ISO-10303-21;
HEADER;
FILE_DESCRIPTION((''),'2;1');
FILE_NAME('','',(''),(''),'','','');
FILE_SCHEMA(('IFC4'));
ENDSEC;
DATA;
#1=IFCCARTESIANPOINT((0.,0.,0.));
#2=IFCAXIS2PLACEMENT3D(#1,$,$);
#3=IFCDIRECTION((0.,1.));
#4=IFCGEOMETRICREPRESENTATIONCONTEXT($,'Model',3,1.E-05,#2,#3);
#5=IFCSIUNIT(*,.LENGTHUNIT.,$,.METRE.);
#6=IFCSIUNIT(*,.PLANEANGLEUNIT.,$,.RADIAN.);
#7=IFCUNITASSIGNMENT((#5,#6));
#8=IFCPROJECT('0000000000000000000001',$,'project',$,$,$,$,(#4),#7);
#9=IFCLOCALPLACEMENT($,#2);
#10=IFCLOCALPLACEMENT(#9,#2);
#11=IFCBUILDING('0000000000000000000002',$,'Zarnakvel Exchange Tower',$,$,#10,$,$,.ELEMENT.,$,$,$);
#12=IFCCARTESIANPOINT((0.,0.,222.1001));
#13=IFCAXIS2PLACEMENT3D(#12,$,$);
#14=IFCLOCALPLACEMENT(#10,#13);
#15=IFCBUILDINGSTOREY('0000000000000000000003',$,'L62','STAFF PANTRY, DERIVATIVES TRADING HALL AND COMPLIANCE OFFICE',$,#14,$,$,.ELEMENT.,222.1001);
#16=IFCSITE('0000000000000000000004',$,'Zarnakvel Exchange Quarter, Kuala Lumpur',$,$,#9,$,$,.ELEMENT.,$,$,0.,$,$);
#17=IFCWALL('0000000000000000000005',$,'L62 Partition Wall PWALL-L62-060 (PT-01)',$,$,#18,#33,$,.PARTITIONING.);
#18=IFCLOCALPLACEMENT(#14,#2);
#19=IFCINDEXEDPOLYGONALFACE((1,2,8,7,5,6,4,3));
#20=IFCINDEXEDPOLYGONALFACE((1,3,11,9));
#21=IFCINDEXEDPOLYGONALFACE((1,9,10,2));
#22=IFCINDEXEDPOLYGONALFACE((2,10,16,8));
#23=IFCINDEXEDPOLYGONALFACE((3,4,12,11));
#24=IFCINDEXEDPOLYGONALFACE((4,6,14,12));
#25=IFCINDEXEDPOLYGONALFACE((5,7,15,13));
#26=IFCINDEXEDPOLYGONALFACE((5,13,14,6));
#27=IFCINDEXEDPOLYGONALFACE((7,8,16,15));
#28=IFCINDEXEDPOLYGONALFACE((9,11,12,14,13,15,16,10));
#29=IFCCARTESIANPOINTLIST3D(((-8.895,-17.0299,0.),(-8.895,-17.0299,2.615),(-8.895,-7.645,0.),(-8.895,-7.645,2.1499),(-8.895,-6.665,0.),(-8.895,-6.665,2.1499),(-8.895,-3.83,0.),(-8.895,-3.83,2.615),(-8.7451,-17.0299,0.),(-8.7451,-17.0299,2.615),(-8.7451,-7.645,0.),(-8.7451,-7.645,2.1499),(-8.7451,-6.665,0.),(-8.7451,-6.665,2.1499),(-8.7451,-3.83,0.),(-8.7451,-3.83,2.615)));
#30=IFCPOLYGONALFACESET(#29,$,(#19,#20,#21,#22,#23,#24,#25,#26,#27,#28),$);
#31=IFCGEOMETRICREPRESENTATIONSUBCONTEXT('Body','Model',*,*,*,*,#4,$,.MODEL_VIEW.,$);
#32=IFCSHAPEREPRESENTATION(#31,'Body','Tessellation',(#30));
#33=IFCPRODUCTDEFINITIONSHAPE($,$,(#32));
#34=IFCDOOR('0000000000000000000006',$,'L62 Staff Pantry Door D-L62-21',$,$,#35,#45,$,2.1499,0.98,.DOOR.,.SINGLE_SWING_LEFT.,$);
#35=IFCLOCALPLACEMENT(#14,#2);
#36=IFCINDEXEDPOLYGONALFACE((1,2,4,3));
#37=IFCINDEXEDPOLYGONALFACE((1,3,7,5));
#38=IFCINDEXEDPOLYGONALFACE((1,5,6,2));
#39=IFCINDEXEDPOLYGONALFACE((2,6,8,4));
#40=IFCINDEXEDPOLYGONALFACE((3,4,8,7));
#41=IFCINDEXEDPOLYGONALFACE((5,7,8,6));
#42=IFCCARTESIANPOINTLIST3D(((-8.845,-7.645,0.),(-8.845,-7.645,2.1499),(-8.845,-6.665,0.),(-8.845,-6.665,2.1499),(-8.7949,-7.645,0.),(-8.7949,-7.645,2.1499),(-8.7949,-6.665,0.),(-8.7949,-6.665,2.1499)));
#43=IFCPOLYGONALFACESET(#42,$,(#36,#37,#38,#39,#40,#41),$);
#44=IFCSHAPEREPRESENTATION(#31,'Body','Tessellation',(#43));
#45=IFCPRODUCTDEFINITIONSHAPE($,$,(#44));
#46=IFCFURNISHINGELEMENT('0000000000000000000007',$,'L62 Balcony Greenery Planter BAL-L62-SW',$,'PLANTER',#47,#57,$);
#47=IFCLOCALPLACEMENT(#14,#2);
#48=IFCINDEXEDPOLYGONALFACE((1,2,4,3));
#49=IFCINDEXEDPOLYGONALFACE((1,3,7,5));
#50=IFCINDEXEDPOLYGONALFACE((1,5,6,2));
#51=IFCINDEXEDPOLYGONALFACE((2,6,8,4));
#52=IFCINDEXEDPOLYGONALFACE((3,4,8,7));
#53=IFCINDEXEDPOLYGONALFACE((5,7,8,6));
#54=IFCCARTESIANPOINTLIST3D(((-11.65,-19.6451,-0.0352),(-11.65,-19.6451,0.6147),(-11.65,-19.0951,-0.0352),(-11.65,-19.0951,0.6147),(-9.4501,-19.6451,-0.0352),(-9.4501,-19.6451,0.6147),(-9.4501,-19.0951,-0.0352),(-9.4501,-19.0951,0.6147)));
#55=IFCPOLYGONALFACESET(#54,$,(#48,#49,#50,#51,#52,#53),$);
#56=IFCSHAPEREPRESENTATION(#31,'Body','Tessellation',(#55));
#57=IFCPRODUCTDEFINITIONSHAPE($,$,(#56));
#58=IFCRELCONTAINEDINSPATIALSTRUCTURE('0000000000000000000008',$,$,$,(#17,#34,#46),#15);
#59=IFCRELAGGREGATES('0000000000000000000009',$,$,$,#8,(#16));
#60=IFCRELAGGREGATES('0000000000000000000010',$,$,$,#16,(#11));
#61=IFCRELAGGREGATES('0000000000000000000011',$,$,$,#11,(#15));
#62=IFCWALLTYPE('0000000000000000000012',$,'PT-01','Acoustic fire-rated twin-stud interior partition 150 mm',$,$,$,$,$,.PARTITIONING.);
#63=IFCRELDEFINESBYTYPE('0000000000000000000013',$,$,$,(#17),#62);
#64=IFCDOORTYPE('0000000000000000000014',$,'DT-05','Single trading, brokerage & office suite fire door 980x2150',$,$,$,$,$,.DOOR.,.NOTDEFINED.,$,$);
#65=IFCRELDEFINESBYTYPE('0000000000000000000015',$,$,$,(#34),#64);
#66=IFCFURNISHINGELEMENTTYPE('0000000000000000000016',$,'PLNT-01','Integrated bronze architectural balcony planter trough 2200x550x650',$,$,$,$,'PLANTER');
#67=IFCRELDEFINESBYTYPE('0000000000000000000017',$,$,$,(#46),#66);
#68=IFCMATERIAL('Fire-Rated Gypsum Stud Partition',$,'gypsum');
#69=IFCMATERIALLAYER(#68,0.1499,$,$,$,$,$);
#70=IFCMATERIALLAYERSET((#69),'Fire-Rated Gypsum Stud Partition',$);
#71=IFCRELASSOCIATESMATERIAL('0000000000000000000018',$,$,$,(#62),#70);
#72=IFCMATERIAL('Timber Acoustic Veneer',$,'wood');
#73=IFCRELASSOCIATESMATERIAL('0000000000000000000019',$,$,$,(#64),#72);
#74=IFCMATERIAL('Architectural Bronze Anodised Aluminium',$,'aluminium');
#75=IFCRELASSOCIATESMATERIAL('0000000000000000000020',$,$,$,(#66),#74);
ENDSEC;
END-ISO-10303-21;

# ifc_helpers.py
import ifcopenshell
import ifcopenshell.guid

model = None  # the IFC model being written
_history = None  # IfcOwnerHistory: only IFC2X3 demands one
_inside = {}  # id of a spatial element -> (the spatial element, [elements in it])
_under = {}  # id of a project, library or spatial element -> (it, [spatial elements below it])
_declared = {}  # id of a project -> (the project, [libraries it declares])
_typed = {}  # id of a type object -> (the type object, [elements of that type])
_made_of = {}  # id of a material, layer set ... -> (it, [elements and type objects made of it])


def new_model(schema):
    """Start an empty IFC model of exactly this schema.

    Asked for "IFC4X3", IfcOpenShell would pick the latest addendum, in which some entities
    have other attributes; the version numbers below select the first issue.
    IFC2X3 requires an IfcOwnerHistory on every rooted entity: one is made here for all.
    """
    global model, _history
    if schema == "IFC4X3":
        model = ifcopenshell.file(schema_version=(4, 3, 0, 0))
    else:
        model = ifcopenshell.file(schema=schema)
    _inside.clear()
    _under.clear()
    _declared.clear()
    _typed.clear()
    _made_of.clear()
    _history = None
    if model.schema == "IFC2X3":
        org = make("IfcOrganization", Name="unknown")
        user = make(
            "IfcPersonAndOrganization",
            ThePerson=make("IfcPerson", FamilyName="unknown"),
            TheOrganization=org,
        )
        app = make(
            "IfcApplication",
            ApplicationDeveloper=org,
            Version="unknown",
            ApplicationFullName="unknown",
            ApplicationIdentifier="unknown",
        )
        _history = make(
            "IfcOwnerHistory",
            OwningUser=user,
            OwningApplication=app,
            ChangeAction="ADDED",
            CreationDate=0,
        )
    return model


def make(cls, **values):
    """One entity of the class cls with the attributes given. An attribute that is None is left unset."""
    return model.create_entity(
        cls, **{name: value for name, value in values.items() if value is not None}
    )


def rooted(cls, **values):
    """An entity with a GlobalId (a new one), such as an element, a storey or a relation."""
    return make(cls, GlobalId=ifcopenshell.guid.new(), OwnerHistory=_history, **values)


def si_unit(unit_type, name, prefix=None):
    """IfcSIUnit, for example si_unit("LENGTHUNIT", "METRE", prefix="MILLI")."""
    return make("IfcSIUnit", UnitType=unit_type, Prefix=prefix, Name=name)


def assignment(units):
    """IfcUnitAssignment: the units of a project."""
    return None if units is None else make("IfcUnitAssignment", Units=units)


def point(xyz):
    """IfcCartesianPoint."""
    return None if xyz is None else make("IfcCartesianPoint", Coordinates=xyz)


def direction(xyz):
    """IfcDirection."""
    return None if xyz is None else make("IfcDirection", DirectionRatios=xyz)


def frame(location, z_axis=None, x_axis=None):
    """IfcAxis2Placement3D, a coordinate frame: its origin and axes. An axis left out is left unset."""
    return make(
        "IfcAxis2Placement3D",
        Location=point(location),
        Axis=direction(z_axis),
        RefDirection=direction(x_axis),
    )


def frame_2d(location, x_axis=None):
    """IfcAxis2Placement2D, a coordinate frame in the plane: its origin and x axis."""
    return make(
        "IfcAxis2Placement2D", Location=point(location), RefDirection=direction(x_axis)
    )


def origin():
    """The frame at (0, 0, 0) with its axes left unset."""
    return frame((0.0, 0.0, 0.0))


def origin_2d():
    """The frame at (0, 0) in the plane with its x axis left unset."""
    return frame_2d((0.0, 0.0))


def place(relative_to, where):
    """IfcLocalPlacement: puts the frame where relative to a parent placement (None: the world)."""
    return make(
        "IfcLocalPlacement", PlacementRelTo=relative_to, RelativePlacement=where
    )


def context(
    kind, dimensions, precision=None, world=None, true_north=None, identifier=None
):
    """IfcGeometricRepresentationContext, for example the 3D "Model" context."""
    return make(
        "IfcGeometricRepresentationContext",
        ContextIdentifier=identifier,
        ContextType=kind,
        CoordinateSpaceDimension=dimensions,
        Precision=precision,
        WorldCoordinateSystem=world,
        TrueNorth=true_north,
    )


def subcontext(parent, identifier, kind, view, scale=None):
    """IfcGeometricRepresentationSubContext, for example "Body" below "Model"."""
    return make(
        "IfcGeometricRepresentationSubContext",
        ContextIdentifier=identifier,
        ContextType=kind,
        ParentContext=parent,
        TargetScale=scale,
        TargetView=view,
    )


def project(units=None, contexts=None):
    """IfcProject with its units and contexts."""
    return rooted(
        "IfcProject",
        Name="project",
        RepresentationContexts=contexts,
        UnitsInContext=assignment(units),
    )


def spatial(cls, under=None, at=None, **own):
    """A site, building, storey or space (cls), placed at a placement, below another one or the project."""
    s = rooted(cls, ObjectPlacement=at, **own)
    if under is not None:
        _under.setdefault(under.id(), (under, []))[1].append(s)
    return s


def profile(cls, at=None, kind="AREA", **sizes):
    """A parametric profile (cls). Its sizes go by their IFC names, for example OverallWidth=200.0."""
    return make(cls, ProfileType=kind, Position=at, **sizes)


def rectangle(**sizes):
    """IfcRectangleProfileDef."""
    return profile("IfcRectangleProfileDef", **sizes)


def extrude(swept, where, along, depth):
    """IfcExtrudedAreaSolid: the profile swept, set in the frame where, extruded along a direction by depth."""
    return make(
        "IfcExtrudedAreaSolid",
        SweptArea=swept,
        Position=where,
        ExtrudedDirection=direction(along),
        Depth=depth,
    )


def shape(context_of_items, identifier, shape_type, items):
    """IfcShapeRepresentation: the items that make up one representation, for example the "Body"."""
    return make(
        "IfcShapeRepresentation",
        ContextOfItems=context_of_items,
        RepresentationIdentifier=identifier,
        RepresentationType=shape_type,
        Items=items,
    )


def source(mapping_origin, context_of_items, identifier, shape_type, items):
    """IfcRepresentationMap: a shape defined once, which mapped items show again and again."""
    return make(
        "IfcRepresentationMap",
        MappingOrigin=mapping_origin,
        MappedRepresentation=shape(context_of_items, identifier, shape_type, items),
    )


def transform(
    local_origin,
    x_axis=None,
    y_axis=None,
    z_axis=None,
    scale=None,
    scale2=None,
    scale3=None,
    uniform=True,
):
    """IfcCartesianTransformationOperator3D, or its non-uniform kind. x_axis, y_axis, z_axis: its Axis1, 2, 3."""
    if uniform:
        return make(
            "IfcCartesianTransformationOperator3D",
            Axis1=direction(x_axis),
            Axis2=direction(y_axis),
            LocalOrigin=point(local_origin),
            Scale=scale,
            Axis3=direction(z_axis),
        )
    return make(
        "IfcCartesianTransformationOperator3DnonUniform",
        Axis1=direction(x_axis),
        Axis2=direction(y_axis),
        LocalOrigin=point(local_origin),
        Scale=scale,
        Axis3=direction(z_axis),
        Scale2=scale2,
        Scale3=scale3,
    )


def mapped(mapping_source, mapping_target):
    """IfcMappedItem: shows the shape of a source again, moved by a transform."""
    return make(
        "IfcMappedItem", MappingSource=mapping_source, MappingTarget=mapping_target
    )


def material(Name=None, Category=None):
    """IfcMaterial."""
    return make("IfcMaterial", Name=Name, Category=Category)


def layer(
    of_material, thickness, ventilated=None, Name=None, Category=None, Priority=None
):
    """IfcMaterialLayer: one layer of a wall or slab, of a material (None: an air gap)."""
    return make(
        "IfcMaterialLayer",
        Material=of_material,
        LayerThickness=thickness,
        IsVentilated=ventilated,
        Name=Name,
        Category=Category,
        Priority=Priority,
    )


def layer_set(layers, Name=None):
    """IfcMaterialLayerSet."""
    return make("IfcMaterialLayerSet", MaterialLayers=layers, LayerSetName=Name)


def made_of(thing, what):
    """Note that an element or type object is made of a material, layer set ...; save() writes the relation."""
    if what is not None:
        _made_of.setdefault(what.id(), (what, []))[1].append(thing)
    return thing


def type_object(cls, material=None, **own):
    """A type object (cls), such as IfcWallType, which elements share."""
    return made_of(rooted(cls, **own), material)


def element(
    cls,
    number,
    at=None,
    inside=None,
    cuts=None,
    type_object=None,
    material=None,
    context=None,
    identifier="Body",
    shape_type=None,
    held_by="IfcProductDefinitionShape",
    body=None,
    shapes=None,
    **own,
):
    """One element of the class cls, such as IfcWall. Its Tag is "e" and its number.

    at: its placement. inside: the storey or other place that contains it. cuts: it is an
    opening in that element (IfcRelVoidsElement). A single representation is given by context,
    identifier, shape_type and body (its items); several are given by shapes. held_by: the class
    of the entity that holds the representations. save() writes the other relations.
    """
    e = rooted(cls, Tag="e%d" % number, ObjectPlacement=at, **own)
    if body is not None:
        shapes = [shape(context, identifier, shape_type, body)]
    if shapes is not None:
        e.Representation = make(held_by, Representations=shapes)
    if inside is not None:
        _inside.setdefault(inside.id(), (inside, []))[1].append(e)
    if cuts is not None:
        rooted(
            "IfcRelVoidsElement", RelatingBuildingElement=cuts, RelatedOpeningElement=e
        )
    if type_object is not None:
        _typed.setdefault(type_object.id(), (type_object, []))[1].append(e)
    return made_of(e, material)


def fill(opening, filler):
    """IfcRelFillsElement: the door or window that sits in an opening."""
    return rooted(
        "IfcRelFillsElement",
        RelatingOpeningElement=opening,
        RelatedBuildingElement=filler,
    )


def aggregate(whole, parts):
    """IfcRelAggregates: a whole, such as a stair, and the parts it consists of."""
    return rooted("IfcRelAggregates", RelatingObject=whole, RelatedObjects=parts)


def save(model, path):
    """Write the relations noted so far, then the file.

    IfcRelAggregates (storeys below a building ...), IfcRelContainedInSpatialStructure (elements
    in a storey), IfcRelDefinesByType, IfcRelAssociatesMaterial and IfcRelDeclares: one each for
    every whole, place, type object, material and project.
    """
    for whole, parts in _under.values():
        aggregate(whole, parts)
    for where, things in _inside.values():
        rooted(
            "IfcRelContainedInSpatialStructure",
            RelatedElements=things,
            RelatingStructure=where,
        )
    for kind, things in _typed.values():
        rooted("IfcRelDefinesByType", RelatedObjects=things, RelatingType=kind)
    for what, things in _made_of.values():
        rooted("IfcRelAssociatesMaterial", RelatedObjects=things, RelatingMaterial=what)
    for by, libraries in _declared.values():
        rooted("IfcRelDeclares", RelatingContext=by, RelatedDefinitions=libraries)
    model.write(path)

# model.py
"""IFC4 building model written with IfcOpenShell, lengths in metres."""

from ifc_helpers import new_model, si_unit, direction, frame, frame_2d, origin, origin_2d, place, context, subcontext, project, spatial, rectangle, extrude, source, transform, mapped, material, layer, layer_set, type_object, element, fill, save


model = new_model("IFC4")

# Units and contexts
model_context = context("Model", 3, precision=1e-05, world=origin(), true_north=direction((0.0, 1.0)))
body_context = subcontext(model_context, "Body", "Model", "MODEL_VIEW")
ifc_project = project(units=[si_unit("LENGTHUNIT", "METRE"), si_unit("PLANEANGLEUNIT", "RADIAN")], contexts=[model_context])

# Site, building, storey
site_placement = place(None, origin())
site = spatial("IfcSite", under=ifc_project, at=site_placement, Name="Zarnakvel Exchange Quarter, Kuala Lumpur", CompositionType="ELEMENT", RefElevation=0.0)
building_placement = place(site_placement, origin())
building = spatial("IfcBuilding", under=site, at=building_placement, Name="Zarnakvel Exchange Tower", CompositionType="ELEMENT")
storey_placement = place(building_placement, frame((0.0, 0.0, 222.1001)))
storey = spatial("IfcBuildingStorey", under=building, at=storey_placement, Name="L62", Description="STAFF PANTRY, DERIVATIVES TRADING HALL AND COMPLIANCE OFFICE", CompositionType="ELEMENT", Elevation=222.1001)

# Shared definitions
ifc_material_1 = material(Name="Architectural Bronze Anodised Aluminium", Category="aluminium")

# Wall, opening, door
ifc_material_2 = material(Name="Fire-Rated Gypsum Stud Partition", Category="gypsum")
ifc_layer_1 = layer(ifc_material_2, 0.1499)
ifc_layer_set_1 = layer_set([ifc_layer_1], Name="Fire-Rated Gypsum Stud Partition")
wall_type_1 = type_object("IfcWallType", Name="PT-01", Description="Acoustic fire-rated twin-stud interior partition 150 mm", PredefinedType="PARTITIONING", material=ifc_layer_set_1)
wall_1_placement = place(storey_placement, frame((-8.8201, -17.03, 0.0), z_axis=(0.0, 0.0, 1.0), x_axis=(0.0, 1.0, 0.0)))
wall_1 = element("IfcWall", 1, at=wall_1_placement, inside=storey, type_object=wall_type_1, Name="L62 Partition Wall PWALL-L62-060 (PT-01)", PredefinedType="PARTITIONING", context=body_context, shape_type="SweptSolid", body=[
    extrude(rectangle(XDim=13.2, YDim=0.1499, at=frame_2d((6.6001, 0.0))), origin(), (0.0, 0.0, 1.0), 2.615),
])
opening_1_placement = place(wall_1_placement, frame((9.385, 0.0, 0.0)))
opening_1 = element("IfcOpeningElement", 2, at=opening_1_placement, cuts=wall_1, PredefinedType="OPENING", context=body_context, shape_type="SweptSolid", body=[
    extrude(rectangle(XDim=0.98, YDim=2.1499, at=frame_2d((0.49, 1.075))), frame((0.0, 0.085, 0.0), z_axis=(0.0, -1.0, 0.0), x_axis=(1.0, 0.0, 0.0)), (0.0, 0.0, 1.0), 0.1699),
])
ifc_material_3 = material(Name="Timber Acoustic Veneer", Category="wood")
door_type_1 = type_object("IfcDoorType", Name="DT-05", Description="Single trading, brokerage & office suite fire door 980x2150", OperationType="NOTDEFINED", PredefinedType="DOOR", material=ifc_material_3)
shared_shape_1 = source(origin(), body_context, "Body", "SweptSolid", [
    extrude(rectangle(XDim=0.98, YDim=2.1499, at=frame_2d((0.49, 1.075))), frame((0.0, 0.0249, 0.0), z_axis=(0.0, -1.0, 0.0), x_axis=(1.0, 0.0, 0.0)), (0.0, 0.0, 1.0), 0.05),
])
door_1_placement = place(opening_1_placement, origin())
door_1 = element("IfcDoor", 3, at=door_1_placement, inside=storey, type_object=door_type_1, Name="L62 Staff Pantry Door D-L62-21", OperationType="SINGLE_SWING_LEFT", OverallHeight=2.1499, OverallWidth=0.98, PredefinedType="DOOR", context=body_context, shape_type="MappedRepresentation", body=[
    mapped(shared_shape_1, transform((0.0, 0.0, 0.0), x_axis=(1.0, 0.0, 0.0), y_axis=(0.0, 1.0, 0.0), z_axis=(0.0, 0.0, 1.0), scale=1.0)),
])
fill(opening_1, door_1)

# Furnishing element
furnishing_element_type = type_object("IfcFurnishingElementType", Name="PLNT-01", Description="Integrated bronze architectural balcony planter trough 2200x550x650", ElementType="PLANTER", material=ifc_material_1)
shared_shape_2 = source(origin(), body_context, "Body", "SweptSolid", [
    extrude(rectangle(XDim=2.2, YDim=0.55, at=origin_2d()), origin(), (0.0, 0.0, 1.0), 0.6499),
])
furnishing_placement = place(storey_placement, frame((-10.55, -19.3701, -0.0352), z_axis=(0.0, 0.0, 1.0), x_axis=(1.0, 0.0, 0.0)))
element("IfcFurnishingElement", 4, at=furnishing_placement, inside=storey, type_object=furnishing_element_type, Name="L62 Balcony Greenery Planter BAL-L62-SW", ObjectType="PLANTER", context=body_context, shape_type="MappedRepresentation", body=[
    mapped(shared_shape_2, transform((0.0, 0.0, 0.0), x_axis=(1.0, 0.0, 0.0), y_axis=(0.0, 1.0, 0.0), z_axis=(0.0, 0.0, 1.0), scale=1.0)),
])

save(model, "model.ifc")
